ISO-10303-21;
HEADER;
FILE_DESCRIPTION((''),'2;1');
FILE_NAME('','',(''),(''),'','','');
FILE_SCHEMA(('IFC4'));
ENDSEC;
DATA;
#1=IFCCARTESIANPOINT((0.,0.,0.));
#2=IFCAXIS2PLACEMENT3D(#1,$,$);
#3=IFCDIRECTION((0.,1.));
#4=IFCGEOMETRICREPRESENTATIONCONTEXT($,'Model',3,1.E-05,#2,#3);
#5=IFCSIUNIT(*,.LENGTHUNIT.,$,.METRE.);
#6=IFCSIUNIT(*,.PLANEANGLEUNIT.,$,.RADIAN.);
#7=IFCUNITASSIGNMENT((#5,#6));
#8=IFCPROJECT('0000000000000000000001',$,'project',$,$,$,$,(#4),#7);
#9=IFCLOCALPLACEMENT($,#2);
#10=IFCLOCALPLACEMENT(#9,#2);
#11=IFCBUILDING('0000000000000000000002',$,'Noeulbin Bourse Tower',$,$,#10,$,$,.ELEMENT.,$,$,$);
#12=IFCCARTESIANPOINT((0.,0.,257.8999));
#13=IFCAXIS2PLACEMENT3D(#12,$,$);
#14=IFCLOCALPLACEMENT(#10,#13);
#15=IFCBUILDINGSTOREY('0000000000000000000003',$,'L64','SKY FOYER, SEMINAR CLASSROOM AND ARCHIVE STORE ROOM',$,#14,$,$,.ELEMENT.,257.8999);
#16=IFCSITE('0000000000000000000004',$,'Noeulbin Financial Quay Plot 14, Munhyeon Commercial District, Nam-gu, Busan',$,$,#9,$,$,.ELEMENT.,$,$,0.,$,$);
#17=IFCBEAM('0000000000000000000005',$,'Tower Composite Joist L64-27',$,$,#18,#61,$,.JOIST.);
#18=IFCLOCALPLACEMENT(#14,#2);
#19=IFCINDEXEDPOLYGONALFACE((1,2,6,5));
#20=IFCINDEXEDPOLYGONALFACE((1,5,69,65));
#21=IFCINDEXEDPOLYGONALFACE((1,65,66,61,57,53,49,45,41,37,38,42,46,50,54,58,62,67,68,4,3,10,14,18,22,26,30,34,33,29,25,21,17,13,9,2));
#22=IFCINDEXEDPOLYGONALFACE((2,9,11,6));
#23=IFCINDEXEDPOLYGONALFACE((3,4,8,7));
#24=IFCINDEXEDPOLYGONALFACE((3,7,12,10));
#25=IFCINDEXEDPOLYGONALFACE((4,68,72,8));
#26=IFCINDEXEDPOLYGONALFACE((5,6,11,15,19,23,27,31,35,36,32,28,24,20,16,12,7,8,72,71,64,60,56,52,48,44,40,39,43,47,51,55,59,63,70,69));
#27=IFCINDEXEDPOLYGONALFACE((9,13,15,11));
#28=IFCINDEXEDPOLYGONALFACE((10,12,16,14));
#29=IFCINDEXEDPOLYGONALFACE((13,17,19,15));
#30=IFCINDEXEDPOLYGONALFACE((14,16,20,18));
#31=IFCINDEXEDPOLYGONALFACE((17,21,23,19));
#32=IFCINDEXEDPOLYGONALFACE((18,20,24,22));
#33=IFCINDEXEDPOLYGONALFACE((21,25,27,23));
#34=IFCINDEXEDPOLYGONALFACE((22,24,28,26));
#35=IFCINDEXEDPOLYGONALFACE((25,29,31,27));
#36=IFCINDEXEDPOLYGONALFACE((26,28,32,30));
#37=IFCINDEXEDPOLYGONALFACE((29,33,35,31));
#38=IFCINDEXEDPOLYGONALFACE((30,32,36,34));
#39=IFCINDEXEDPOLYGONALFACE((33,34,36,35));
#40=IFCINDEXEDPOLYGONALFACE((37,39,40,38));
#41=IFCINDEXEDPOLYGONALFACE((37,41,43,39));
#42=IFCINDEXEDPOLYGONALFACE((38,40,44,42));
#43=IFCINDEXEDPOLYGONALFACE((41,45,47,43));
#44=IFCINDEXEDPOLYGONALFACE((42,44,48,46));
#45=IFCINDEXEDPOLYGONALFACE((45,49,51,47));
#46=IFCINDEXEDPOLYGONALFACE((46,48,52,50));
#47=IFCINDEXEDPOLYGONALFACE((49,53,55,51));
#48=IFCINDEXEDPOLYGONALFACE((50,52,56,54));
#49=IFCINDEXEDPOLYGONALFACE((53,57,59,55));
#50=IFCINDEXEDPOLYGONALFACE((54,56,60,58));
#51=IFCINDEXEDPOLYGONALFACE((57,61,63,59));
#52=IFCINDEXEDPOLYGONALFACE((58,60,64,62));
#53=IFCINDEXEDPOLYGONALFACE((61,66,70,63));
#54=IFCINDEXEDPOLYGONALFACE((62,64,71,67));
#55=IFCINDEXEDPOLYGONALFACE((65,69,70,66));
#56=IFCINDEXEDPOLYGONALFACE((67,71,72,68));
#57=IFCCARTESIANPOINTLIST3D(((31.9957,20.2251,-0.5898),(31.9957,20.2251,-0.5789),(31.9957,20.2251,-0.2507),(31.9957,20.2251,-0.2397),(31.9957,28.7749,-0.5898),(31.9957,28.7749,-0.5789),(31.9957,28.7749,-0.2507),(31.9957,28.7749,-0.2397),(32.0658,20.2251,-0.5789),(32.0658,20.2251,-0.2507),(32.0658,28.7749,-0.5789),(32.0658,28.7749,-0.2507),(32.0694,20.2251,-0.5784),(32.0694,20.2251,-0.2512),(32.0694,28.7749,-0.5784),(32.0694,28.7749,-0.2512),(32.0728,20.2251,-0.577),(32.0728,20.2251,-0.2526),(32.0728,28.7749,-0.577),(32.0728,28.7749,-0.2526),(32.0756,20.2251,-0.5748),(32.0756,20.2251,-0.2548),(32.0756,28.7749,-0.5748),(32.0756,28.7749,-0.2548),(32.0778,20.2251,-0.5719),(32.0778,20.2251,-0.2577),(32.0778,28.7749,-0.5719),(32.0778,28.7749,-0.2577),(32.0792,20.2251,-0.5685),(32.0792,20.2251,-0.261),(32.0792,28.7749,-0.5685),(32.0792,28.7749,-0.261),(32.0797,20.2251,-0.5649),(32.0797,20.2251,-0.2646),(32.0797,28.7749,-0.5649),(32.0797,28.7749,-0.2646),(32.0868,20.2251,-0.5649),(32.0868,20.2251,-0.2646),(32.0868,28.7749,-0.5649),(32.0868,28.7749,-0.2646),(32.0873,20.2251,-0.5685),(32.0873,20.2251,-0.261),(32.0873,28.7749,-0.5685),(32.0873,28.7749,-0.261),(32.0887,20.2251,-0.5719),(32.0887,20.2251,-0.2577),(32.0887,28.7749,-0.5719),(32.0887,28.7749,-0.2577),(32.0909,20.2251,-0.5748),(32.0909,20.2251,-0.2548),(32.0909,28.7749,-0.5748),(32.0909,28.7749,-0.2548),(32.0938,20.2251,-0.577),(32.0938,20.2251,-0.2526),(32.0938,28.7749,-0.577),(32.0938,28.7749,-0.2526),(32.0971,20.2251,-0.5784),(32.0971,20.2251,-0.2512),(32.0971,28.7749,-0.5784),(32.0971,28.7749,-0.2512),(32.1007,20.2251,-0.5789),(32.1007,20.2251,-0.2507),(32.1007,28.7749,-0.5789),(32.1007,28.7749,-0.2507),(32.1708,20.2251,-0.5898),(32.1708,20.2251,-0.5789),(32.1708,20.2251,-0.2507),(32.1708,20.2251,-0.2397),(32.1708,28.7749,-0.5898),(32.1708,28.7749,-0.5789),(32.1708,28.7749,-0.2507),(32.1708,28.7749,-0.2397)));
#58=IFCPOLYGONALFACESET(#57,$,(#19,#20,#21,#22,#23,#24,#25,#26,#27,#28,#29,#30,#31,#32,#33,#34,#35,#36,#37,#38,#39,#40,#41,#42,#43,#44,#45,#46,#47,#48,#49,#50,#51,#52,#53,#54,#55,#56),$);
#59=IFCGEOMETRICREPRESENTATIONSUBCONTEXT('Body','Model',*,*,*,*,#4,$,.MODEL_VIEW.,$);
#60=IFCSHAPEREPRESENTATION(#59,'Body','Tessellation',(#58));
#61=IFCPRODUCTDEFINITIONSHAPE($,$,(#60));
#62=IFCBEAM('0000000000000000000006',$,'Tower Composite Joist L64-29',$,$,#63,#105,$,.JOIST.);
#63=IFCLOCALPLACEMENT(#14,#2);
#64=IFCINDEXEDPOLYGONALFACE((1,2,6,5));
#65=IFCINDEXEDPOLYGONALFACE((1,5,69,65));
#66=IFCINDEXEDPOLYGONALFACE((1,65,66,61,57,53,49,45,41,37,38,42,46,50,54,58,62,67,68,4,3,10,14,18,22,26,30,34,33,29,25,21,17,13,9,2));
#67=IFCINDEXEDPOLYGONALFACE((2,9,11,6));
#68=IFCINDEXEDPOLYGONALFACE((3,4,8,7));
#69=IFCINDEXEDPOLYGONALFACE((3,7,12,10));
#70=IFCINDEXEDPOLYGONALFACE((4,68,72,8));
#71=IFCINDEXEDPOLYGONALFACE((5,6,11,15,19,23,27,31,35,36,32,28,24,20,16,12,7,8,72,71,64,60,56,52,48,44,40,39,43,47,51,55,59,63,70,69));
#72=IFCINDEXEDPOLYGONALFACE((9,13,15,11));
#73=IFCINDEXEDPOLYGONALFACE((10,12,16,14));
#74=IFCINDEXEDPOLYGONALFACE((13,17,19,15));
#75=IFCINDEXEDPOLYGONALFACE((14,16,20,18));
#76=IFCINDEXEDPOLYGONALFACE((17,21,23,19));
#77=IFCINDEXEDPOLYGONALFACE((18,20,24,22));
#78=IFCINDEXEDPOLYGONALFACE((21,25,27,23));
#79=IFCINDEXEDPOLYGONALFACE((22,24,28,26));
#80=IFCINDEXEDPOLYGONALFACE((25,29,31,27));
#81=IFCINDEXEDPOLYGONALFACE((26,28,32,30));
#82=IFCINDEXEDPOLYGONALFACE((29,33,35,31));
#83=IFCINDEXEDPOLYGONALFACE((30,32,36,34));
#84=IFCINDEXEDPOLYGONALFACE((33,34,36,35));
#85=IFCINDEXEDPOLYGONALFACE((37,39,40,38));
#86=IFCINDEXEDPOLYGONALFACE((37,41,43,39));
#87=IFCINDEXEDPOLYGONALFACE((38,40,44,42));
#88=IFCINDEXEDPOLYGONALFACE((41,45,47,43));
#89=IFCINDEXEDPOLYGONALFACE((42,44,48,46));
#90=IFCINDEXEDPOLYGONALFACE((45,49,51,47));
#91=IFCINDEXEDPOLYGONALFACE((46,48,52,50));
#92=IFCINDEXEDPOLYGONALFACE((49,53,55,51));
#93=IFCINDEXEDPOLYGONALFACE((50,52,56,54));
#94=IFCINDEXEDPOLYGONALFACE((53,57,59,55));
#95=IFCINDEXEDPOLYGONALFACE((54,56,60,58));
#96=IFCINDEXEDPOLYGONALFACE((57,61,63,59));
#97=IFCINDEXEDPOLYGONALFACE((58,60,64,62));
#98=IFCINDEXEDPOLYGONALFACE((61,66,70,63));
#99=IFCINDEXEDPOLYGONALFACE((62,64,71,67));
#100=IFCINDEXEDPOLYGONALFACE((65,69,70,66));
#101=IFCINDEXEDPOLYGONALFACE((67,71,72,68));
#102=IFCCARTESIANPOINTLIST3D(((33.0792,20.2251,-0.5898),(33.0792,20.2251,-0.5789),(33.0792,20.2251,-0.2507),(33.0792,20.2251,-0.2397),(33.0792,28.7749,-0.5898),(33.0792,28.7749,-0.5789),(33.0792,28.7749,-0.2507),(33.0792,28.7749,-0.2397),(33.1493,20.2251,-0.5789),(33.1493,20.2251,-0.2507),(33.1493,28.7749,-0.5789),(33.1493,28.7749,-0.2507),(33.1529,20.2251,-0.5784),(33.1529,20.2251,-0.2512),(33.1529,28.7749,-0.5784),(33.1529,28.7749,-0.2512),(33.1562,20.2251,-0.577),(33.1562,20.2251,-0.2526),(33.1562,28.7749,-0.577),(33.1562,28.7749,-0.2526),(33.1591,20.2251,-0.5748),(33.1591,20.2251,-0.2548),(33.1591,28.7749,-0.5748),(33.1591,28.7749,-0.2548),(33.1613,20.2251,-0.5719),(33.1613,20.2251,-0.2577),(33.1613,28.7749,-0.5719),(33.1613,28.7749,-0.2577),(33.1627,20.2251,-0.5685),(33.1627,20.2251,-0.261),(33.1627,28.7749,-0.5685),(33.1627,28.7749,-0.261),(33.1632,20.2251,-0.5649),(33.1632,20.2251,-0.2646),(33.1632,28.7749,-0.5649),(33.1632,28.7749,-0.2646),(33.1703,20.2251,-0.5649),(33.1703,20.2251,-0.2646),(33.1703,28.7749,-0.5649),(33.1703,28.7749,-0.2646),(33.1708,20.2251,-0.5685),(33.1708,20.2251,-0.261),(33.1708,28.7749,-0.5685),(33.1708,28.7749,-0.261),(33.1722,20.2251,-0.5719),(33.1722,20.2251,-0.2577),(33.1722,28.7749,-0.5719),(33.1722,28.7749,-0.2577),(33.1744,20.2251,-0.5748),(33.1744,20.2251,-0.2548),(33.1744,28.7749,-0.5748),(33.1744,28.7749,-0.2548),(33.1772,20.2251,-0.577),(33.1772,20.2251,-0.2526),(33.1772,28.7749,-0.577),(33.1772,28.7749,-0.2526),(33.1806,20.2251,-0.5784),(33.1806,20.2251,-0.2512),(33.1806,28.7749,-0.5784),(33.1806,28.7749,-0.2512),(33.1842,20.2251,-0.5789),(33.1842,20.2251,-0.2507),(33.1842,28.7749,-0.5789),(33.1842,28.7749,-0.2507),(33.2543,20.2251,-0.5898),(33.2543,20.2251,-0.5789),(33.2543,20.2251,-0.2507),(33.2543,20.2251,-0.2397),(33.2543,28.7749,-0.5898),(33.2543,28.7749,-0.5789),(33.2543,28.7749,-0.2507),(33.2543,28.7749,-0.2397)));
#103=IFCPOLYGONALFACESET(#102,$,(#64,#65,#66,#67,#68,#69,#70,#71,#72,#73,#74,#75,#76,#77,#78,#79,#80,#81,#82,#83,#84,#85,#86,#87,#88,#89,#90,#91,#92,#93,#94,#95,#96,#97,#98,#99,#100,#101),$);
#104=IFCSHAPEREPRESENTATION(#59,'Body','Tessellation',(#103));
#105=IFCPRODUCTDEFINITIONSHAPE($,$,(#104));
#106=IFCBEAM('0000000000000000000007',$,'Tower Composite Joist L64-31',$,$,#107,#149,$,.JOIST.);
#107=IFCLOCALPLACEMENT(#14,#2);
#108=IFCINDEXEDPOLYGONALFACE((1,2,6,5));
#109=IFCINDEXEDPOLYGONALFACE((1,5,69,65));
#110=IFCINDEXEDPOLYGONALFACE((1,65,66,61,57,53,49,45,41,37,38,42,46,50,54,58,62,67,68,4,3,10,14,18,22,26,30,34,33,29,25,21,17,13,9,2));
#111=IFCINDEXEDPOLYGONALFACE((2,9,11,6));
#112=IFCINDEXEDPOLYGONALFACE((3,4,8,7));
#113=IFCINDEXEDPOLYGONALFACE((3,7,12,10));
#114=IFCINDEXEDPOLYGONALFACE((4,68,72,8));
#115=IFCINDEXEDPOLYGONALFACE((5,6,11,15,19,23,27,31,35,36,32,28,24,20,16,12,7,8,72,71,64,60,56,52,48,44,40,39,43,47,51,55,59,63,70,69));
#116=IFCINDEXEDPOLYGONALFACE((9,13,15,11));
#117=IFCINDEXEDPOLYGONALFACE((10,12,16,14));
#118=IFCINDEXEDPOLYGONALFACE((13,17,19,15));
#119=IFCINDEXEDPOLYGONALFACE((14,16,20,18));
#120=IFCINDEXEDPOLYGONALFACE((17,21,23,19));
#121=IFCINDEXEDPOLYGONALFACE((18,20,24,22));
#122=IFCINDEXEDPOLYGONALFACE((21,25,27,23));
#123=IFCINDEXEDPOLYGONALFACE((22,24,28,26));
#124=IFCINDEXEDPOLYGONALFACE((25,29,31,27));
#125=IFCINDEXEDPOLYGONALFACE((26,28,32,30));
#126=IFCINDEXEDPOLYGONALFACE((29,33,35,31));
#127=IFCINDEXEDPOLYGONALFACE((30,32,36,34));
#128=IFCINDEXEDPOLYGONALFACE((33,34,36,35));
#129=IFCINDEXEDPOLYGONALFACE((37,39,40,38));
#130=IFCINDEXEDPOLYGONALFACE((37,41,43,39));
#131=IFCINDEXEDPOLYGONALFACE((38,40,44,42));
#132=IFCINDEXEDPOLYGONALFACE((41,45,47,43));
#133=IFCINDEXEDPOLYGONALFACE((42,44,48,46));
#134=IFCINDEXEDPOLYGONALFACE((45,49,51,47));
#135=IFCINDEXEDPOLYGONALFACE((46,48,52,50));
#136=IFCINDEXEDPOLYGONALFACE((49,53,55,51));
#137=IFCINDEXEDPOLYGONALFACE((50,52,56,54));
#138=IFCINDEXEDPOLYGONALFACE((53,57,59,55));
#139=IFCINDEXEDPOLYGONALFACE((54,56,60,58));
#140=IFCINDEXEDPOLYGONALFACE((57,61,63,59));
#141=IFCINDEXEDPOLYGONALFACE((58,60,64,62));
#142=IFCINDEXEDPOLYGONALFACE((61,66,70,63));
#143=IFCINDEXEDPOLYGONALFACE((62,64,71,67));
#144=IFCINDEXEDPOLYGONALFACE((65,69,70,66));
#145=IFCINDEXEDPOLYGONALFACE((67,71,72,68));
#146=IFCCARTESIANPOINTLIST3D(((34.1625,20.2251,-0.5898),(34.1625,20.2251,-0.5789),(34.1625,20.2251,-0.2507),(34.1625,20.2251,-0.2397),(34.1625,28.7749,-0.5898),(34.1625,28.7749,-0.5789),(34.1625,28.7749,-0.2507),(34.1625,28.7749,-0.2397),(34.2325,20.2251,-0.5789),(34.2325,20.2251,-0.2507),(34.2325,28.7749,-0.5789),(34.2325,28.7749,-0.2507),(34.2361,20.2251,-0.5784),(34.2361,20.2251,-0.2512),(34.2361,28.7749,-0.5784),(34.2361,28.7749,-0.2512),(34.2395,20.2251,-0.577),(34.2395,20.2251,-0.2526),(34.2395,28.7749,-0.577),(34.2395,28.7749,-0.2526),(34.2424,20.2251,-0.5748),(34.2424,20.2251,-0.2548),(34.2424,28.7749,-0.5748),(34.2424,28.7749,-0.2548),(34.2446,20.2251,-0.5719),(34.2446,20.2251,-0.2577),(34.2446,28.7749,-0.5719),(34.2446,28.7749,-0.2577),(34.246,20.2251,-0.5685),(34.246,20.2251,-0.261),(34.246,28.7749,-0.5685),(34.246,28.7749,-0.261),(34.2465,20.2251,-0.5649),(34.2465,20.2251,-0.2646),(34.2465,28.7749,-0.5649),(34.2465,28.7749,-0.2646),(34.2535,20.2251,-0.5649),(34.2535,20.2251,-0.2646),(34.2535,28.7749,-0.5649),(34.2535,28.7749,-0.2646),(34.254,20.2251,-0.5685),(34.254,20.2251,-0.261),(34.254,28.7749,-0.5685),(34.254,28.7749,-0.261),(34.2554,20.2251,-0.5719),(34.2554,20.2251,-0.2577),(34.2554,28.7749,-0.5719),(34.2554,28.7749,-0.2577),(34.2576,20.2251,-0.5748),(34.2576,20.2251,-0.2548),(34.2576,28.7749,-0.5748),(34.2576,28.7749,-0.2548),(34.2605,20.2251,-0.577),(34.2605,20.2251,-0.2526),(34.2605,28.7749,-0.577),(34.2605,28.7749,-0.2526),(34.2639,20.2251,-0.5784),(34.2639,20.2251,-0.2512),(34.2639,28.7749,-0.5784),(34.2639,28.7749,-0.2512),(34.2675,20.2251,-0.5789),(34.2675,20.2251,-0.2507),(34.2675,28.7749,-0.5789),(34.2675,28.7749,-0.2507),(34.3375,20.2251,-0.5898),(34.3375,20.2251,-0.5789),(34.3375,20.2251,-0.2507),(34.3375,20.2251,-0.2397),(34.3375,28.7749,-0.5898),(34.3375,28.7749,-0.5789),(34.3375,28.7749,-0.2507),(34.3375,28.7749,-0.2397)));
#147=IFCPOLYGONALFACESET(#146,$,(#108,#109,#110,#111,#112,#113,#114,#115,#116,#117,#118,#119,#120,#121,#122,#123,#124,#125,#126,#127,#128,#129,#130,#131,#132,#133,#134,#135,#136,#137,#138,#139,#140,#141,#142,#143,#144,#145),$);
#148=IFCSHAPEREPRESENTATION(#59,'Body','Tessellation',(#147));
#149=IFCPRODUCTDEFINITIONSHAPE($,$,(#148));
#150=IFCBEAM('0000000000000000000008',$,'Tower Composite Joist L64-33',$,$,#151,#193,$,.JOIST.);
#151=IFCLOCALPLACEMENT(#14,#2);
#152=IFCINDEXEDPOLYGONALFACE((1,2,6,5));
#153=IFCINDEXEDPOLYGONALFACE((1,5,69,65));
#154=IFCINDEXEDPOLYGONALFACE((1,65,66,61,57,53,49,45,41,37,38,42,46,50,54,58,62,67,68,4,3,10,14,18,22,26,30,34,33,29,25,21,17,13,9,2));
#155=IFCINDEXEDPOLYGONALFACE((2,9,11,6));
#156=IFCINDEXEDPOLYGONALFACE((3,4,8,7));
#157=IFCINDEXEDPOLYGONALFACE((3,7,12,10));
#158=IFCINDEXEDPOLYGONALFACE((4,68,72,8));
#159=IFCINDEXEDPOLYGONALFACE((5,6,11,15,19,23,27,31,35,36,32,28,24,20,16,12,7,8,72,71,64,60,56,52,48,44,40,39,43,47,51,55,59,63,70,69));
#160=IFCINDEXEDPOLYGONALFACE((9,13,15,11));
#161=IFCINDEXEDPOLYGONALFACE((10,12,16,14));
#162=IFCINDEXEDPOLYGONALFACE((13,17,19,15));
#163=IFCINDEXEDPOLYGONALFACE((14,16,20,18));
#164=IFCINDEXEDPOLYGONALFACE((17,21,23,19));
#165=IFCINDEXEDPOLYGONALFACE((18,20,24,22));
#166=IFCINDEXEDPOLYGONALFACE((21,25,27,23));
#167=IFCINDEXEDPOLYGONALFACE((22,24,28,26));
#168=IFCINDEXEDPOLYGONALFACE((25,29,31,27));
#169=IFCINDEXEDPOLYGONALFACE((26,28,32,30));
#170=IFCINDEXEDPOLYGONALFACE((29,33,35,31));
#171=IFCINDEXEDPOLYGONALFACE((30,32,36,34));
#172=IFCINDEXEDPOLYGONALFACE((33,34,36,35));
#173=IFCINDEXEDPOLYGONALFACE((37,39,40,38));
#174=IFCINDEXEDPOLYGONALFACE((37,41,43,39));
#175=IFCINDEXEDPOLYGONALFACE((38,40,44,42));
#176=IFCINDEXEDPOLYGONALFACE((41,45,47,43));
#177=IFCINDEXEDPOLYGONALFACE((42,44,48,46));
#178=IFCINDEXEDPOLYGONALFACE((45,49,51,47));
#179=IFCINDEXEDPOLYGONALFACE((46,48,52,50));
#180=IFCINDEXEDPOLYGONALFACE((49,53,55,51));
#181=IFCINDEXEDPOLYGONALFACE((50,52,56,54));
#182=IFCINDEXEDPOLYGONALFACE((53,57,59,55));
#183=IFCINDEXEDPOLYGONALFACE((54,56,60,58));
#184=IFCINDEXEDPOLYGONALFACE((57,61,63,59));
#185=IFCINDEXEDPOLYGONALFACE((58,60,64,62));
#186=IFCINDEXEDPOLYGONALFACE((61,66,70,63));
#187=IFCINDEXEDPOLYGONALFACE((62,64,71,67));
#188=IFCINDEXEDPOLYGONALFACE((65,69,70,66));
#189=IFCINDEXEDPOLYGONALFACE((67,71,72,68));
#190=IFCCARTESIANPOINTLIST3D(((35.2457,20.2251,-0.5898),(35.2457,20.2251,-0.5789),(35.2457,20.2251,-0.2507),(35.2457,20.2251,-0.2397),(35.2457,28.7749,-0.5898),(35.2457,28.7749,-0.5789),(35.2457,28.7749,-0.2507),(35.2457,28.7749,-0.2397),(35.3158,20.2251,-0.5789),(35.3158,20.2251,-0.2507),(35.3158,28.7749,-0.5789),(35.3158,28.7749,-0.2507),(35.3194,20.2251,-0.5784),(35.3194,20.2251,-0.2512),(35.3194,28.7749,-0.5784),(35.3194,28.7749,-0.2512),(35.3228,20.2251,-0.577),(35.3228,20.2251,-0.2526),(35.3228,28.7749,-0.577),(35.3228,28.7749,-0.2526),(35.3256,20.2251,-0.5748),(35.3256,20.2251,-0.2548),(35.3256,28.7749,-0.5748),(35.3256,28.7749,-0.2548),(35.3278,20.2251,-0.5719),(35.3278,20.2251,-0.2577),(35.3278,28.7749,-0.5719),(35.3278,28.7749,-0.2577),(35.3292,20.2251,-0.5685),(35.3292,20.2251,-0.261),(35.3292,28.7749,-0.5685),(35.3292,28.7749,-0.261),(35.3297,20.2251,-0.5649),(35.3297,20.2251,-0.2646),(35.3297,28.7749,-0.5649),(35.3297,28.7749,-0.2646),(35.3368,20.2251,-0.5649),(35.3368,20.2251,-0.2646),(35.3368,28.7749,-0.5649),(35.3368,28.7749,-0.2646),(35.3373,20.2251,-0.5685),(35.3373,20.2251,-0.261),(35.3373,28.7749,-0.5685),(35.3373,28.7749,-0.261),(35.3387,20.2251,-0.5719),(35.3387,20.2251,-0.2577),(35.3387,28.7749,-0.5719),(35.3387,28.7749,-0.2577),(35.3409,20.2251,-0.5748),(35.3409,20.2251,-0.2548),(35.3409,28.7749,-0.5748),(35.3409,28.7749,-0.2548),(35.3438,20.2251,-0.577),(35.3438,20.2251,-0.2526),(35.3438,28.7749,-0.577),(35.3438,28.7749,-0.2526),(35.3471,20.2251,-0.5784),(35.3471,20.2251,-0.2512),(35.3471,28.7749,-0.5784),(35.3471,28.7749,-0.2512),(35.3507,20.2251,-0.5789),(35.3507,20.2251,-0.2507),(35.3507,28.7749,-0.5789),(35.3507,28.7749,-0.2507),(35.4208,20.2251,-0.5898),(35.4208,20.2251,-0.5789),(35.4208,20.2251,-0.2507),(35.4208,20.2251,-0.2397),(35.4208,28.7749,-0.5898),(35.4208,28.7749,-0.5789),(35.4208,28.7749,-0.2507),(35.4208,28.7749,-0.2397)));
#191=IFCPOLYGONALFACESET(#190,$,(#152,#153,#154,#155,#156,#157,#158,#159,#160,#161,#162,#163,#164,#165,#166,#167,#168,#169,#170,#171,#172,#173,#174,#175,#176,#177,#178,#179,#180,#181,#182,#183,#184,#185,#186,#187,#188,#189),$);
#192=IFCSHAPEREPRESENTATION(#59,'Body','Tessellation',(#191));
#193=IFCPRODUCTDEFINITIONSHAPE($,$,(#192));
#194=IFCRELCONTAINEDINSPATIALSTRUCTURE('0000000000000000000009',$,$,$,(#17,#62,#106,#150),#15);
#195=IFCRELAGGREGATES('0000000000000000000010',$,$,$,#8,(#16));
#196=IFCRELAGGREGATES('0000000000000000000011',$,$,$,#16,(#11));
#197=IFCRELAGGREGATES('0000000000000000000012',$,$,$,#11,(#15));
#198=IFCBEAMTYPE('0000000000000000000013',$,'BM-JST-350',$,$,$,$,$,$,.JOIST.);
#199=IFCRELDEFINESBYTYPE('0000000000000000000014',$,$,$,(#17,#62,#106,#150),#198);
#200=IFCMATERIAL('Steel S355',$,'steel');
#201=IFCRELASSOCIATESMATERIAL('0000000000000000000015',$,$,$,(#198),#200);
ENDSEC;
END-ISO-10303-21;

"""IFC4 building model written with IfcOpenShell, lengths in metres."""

from ifc_helpers import new_model, si_unit, direction, frame, origin, origin_2d, place, context, subcontext, project, spatial, i_section, extrude, material, material_profile, profile_set, type_object, element, save


model = new_model("IFC4")

# Units and contexts
model_context = context("Model", 3, precision=1e-05, world=origin(), true_north=direction((0.0, 1.0)))
body_context = subcontext(model_context, "Body", "Model", "MODEL_VIEW")
ifc_project = project(units=[si_unit("LENGTHUNIT", "METRE"), si_unit("PLANEANGLEUNIT", "RADIAN")], contexts=[model_context])

# Site, building, storey
site_placement = place(None, origin())
site = spatial("IfcSite", under=ifc_project, at=site_placement, Name="Noeulbin Financial Quay Plot 14, Munhyeon Commercial District, Nam-gu, Busan", CompositionType="ELEMENT", RefElevation=0.0)
building_placement = place(site_placement, origin())
building = spatial("IfcBuilding", under=site, at=building_placement, Name="Noeulbin Bourse Tower", CompositionType="ELEMENT")
storey_placement = place(building_placement, frame((0.0, 0.0, 257.8999)))
storey = spatial("IfcBuildingStorey", under=building, at=storey_placement, Name="L64", Description="SKY FOYER, SEMINAR CLASSROOM AND ARCHIVE STORE ROOM", CompositionType="ELEMENT", Elevation=257.8999)

# Shared definitions
ifc_material_1 = material(Name="Steel S355", Category="steel")

# Beams
ifc_material_profile_1 = material_profile(ifc_material_1, i_section(OverallWidth=0.175, OverallDepth=0.3501, WebThickness=0.0071, FlangeThickness=0.011, FilletRadius=0.0139, at=origin_2d()), Name="H-350x175x7x11", Category="LoadBearing")
ifc_profile_set_1 = profile_set([ifc_material_profile_1], Name="Steel S355")
beam_type_1 = type_object("IfcBeamType", Name="BM-JST-350", PredefinedType="JOIST", material=ifc_profile_set_1)
for number, where, z_axis, x_axis, name in (
    (1, (32.0833, 20.2251, -0.4148), (0.0, 1.0, 0.0), (-1.0, 0.0, 0.0), "Tower Composite Joist L64-27"),
    (2, (33.1667, 20.2251, -0.4148), (0.0, 1.0, 0.0), (-1.0, 0.0, 0.0), "Tower Composite Joist L64-29"),
    (3, (34.25, 20.2251, -0.4148), (0.0, 1.0, 0.0), (-1.0, 0.0, 0.0), "Tower Composite Joist L64-31"),
    (4, (35.3333, 20.2251, -0.4148), (0.0, 1.0, 0.0), (-1.0, 0.0, 0.0), "Tower Composite Joist L64-33"),
):
    element("IfcBeam", number, at=place(storey_placement, frame(where, z_axis=z_axis, x_axis=x_axis)), inside=storey, type_object=beam_type_1, Name=name, PredefinedType="JOIST", context=body_context, shape_type="SweptSolid", body=[
        extrude(i_section(OverallWidth=0.175, OverallDepth=0.3501, WebThickness=0.0071, FlangeThickness=0.011, FilletRadius=0.0139, at=origin_2d()), origin(), (0.0, 0.0, 1.0), 8.5498),
    ])

save(model, "model.ifc")
